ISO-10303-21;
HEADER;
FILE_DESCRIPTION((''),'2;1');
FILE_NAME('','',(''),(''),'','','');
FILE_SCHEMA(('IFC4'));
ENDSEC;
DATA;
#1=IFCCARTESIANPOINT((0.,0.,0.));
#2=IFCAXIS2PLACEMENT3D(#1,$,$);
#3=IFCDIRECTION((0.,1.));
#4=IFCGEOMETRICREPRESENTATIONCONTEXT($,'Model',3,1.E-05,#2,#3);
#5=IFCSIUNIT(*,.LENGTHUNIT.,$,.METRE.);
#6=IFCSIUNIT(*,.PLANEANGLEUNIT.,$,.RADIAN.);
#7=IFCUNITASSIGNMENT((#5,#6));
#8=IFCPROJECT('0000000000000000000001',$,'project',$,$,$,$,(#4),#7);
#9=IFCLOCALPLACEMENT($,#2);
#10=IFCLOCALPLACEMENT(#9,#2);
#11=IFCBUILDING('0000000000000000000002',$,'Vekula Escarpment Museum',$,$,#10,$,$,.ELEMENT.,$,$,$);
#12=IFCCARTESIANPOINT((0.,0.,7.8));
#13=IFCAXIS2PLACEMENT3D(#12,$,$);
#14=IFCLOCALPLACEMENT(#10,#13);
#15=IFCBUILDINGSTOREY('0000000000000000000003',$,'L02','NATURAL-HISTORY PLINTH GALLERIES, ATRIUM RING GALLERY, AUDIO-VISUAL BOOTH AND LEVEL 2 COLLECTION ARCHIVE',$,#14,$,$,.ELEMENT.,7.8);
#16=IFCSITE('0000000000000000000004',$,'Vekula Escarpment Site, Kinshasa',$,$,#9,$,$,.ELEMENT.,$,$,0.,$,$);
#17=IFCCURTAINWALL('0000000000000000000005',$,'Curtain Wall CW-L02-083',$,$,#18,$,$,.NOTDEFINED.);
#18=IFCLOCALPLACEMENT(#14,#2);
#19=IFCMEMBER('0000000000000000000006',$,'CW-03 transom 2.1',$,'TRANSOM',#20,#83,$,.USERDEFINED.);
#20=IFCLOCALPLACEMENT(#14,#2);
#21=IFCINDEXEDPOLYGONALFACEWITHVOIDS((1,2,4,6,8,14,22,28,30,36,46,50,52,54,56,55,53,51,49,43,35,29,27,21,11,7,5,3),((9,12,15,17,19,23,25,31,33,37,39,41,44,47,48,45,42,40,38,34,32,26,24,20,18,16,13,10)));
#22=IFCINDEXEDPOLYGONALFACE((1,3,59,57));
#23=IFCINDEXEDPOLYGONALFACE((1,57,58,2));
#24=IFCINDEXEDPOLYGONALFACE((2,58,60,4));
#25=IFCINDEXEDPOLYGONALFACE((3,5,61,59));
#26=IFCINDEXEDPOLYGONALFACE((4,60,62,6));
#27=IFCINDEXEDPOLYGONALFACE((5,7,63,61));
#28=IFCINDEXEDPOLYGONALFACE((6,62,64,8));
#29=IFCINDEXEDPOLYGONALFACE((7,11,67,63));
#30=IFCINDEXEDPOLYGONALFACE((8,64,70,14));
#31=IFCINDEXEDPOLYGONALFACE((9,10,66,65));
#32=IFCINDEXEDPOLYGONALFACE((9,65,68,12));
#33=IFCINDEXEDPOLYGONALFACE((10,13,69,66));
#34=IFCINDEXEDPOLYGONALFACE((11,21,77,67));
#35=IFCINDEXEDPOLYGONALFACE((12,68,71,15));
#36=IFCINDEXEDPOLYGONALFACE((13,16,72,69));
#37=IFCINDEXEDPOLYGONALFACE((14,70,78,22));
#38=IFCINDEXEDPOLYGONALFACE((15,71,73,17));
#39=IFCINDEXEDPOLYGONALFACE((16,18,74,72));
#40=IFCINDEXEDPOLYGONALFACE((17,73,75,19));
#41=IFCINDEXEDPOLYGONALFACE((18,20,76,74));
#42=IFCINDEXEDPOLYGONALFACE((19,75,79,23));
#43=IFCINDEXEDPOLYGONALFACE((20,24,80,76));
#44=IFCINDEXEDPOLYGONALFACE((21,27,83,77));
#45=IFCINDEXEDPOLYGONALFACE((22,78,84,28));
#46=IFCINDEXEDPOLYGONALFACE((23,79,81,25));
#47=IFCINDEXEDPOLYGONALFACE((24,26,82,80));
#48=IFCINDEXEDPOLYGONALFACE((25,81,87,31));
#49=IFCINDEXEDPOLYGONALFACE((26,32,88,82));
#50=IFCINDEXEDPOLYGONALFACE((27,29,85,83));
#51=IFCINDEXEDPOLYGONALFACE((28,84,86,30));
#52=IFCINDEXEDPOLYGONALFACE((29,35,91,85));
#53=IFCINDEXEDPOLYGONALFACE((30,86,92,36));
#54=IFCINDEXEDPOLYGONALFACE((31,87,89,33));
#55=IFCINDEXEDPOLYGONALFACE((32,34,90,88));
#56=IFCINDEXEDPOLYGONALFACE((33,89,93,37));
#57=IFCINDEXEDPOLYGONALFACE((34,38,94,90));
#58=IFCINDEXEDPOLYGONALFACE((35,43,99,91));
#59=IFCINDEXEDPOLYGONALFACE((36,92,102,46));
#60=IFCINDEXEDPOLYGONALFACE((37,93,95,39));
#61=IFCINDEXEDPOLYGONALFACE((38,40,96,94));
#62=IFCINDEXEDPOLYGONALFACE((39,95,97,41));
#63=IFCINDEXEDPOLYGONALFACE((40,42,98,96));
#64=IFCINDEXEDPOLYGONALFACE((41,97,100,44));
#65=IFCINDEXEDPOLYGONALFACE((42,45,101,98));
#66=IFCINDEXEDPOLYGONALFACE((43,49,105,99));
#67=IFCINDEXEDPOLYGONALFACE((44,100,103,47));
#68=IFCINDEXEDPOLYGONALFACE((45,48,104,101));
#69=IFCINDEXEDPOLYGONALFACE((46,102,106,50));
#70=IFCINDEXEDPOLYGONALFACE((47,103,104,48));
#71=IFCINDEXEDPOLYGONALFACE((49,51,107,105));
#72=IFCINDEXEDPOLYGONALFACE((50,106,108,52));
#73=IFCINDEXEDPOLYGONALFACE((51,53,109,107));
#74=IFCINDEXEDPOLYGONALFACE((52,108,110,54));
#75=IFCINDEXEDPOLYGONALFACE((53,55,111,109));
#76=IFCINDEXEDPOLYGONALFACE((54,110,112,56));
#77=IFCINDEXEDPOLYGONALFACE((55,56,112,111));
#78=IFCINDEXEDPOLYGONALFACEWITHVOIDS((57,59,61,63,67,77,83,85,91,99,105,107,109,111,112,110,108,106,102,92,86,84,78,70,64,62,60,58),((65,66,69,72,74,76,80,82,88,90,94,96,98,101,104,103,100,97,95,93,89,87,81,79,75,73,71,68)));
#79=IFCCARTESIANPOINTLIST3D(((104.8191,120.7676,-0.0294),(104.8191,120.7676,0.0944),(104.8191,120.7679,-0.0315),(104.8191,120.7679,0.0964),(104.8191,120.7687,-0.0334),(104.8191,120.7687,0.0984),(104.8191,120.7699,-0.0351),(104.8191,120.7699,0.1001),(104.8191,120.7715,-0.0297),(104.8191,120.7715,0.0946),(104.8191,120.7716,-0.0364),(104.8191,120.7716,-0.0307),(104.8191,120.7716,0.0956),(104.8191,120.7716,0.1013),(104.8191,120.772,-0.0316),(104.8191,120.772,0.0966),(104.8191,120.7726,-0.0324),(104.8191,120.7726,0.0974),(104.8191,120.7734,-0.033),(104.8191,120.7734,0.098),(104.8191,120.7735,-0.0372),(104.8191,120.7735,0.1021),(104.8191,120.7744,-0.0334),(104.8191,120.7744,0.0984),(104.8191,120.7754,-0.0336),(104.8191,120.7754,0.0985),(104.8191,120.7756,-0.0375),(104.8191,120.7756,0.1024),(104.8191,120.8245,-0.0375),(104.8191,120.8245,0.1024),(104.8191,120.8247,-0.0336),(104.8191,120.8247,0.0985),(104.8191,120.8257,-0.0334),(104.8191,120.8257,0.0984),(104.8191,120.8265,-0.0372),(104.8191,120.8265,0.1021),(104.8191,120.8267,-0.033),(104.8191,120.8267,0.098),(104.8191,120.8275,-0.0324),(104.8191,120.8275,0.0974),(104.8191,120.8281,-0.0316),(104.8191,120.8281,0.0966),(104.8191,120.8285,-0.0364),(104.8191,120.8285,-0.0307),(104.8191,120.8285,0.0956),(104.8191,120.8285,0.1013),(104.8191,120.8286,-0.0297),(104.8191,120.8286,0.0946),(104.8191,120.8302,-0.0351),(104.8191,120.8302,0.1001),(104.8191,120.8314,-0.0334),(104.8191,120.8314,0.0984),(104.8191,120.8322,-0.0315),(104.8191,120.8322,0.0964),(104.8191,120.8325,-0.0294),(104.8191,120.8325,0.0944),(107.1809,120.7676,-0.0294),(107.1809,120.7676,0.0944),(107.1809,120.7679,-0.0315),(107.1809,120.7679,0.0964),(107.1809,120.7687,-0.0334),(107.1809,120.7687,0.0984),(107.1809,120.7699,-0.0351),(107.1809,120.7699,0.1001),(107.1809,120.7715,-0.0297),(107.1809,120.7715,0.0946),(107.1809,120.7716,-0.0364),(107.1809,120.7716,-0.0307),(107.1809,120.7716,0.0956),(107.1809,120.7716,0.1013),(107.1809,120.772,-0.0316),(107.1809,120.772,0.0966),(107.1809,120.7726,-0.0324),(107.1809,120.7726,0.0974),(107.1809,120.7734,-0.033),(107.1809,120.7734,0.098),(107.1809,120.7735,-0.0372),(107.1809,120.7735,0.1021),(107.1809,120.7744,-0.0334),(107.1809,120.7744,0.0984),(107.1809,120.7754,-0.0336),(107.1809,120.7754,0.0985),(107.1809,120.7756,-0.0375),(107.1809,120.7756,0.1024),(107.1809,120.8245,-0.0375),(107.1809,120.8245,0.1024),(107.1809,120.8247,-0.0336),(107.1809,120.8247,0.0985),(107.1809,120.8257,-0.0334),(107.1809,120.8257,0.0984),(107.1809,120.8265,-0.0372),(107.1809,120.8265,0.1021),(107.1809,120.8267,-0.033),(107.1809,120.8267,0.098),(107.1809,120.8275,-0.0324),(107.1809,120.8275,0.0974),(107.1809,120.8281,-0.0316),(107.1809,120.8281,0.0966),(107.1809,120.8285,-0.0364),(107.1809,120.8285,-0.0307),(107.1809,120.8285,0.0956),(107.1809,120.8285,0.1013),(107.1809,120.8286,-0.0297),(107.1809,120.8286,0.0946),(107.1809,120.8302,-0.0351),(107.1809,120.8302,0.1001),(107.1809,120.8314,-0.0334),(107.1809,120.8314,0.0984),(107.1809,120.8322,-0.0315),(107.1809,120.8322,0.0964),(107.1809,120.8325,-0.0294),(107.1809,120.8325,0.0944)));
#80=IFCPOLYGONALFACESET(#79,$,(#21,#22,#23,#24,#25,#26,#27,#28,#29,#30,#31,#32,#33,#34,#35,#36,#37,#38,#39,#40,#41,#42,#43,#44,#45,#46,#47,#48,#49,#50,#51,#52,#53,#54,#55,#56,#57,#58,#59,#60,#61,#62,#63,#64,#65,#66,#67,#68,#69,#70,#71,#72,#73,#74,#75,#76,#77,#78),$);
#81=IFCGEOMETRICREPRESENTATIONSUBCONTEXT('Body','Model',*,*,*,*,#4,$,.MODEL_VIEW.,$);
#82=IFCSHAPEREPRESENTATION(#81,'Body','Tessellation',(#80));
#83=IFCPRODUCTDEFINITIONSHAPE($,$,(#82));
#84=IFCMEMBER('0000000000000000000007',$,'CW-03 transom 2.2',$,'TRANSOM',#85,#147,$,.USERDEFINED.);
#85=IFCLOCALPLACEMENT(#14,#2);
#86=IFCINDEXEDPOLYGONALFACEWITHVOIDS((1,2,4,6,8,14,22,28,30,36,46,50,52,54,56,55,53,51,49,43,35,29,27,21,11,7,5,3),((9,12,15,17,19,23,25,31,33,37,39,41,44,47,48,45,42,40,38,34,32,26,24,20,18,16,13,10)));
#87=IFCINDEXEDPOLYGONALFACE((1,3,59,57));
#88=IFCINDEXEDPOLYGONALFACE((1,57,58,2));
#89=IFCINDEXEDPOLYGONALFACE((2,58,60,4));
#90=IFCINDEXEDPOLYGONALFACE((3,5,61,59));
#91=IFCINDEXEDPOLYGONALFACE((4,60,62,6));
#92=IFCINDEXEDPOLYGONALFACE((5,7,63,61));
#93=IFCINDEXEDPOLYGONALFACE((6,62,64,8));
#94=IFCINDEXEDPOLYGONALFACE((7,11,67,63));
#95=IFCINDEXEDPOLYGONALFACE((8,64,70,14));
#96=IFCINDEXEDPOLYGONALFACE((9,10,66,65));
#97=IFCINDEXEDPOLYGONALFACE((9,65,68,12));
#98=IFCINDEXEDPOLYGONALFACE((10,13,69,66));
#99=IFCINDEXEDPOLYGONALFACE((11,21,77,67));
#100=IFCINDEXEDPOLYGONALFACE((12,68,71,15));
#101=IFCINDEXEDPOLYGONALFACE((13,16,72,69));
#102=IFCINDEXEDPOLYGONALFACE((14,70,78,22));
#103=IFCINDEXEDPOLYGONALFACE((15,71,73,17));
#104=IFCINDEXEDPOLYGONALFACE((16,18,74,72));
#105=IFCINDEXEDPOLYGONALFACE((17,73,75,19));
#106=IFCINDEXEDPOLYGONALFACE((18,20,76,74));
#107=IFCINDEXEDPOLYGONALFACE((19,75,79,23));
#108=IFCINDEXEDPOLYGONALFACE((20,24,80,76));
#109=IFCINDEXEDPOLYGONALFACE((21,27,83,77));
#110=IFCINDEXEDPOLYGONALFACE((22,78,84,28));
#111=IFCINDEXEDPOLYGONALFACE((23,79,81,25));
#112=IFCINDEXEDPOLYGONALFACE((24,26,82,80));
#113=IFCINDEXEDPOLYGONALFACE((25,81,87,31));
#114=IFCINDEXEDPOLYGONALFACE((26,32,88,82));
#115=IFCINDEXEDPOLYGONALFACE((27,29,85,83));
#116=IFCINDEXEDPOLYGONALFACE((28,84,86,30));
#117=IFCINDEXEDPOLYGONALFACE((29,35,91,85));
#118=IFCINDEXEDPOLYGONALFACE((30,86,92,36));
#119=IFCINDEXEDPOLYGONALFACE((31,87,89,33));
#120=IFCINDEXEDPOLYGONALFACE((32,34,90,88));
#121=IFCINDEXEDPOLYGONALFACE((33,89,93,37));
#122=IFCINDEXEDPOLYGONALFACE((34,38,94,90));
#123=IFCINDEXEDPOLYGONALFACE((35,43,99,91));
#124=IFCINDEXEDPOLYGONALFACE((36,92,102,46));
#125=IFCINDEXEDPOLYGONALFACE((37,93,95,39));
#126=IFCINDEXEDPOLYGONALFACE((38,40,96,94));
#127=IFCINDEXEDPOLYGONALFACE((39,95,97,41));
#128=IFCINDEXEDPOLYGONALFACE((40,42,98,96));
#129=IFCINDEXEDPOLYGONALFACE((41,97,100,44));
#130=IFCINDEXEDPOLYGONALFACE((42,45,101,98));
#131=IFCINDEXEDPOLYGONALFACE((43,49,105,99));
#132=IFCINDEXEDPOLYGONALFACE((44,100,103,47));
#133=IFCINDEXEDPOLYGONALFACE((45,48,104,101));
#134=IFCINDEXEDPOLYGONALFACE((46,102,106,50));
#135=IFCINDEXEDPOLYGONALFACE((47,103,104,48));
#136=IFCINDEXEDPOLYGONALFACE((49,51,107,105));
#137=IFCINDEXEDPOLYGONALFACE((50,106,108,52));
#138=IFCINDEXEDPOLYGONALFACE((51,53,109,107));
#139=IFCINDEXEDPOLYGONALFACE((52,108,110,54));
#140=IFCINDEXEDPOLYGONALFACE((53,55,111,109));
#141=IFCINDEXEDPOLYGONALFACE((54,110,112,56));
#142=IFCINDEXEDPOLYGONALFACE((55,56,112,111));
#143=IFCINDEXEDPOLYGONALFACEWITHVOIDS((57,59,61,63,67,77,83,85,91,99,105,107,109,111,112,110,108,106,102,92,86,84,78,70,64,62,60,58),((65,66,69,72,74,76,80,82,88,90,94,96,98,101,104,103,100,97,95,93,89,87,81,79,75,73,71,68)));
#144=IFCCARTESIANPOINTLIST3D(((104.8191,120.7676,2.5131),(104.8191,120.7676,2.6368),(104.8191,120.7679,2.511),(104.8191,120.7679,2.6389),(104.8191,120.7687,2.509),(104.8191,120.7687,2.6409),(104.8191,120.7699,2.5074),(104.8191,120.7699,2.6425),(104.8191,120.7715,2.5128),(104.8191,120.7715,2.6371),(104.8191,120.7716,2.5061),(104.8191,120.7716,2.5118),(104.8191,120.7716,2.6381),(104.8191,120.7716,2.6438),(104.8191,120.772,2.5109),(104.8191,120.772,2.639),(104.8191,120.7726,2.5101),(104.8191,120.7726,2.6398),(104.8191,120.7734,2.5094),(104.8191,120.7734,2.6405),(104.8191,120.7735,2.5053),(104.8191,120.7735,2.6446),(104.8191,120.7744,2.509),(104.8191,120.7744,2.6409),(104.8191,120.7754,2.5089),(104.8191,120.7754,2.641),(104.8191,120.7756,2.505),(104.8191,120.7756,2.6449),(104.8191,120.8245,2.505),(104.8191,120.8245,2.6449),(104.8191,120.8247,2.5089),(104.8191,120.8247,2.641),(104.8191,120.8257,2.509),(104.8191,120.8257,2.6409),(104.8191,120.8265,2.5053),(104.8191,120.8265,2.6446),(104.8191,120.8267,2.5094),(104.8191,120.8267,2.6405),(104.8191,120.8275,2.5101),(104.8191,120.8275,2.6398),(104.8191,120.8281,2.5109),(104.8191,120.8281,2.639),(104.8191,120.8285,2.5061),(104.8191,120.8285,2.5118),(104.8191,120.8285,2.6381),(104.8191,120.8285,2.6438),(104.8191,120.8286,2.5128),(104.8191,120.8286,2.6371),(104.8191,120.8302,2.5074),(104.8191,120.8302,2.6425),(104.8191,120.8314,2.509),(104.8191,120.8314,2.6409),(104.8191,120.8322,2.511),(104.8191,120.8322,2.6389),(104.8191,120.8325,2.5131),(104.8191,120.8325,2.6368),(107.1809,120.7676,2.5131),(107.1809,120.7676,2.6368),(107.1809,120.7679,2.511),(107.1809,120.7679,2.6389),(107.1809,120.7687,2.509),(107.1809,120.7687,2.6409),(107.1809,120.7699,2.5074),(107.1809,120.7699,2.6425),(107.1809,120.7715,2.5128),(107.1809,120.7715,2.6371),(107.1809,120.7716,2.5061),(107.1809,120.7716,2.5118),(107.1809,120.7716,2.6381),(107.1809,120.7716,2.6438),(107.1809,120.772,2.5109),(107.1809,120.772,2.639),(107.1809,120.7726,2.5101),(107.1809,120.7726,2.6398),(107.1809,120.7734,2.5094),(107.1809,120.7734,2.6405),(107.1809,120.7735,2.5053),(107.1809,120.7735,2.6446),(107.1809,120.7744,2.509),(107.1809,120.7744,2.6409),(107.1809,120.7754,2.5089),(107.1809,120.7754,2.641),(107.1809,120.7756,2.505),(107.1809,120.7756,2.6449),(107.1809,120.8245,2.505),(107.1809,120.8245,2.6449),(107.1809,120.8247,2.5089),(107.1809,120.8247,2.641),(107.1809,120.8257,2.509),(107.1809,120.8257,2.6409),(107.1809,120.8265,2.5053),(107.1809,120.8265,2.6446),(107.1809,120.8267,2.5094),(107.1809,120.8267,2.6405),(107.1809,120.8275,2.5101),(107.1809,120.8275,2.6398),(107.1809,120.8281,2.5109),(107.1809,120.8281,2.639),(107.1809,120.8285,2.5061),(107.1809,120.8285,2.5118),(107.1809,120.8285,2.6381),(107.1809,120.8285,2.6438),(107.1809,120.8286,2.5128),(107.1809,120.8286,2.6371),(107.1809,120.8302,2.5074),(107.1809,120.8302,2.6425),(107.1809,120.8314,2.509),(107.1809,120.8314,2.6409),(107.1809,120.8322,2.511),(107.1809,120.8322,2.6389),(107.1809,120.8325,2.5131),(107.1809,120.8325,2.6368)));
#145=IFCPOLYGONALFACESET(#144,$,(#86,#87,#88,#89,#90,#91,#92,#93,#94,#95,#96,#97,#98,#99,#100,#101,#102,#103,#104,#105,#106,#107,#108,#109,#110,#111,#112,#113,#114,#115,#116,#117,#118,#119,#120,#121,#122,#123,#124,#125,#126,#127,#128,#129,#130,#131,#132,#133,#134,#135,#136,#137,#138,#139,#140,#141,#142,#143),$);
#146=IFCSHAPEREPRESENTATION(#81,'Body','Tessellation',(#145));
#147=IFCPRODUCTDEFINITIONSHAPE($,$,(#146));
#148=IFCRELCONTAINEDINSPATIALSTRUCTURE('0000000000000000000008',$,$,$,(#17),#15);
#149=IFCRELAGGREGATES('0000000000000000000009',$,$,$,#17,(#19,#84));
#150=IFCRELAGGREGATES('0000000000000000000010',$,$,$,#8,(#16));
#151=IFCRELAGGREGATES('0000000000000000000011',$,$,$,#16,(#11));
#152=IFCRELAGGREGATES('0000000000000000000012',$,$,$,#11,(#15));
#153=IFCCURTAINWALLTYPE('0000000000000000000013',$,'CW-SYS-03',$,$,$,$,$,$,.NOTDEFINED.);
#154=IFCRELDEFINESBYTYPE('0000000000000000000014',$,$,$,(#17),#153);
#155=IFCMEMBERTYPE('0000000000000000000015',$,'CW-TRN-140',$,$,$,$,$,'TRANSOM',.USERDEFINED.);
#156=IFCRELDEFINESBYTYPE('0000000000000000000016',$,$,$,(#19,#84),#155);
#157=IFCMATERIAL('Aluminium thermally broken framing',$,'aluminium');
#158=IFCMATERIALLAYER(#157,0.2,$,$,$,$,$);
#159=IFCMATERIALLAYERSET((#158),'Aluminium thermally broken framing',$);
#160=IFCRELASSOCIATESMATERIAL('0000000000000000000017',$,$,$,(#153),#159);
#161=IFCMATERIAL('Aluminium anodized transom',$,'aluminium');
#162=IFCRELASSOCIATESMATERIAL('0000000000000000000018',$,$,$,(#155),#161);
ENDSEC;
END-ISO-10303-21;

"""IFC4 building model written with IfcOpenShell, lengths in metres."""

from ifc_helpers import new_model, si_unit, direction, frame, origin, origin_2d, place, context, subcontext, project, spatial, hollow_rectangle, extrude, material, layer, layer_set, material_profile, profile_set, type_object, element, aggregate, save


model = new_model("IFC4")

# Units and contexts
model_context = context("Model", 3, precision=1e-05, world=origin(), true_north=direction((0.0, 1.0)))
body_context = subcontext(model_context, "Body", "Model", "MODEL_VIEW")
ifc_project = project(units=[si_unit("LENGTHUNIT", "METRE"), si_unit("PLANEANGLEUNIT", "RADIAN")], contexts=[model_context])

# Site, building, storey
site_placement = place(None, origin())
site = spatial("IfcSite", under=ifc_project, at=site_placement, Name="Vekula Escarpment Site, Kinshasa", CompositionType="ELEMENT", RefElevation=0.0)
building_placement = place(site_placement, origin())
building = spatial("IfcBuilding", under=site, at=building_placement, Name="Vekula Escarpment Museum", CompositionType="ELEMENT")
storey_placement = place(building_placement, frame((0.0, 0.0, 7.8)))
storey = spatial("IfcBuildingStorey", under=building, at=storey_placement, Name="L02", Description="NATURAL-HISTORY PLINTH GALLERIES, ATRIUM RING GALLERY, AUDIO-VISUAL BOOTH AND LEVEL 2 COLLECTION ARCHIVE", CompositionType="ELEMENT", Elevation=7.8)

# Curtain wall, members
ifc_material_1 = material(Name="Aluminium thermally broken framing", Category="aluminium")
ifc_layer_1 = layer(ifc_material_1, 0.2)
ifc_layer_set_1 = layer_set([ifc_layer_1], Name="Aluminium thermally broken framing")
curtain_wall_type = type_object("IfcCurtainWallType", Name="CW-SYS-03", PredefinedType="NOTDEFINED", material=ifc_layer_set_1)
curtain_wall_placement = place(storey_placement, origin())
curtain_wall = element("IfcCurtainWall", 1, at=curtain_wall_placement, inside=storey, type_object=curtain_wall_type, Name="Curtain Wall CW-L02-083", PredefinedType="NOTDEFINED")
ifc_material_2 = material(Name="Aluminium anodized transom", Category="aluminium")
ifc_material_profile_1 = material_profile(ifc_material_2, hollow_rectangle(XDim=0.0649, YDim=0.1399, WallThickness=0.0039, InnerFilletRadius=0.0039, OuterFilletRadius=0.0081, at=origin_2d()), Name="ALU 140x65x4")
ifc_profile_set_1 = profile_set([ifc_material_profile_1], Name="Aluminium anodized transom")
member_type_1 = type_object("IfcMemberType", Name="CW-TRN-140", ElementType="TRANSOM", PredefinedType="USERDEFINED", material=ifc_profile_set_1)
member_1_placement = place(storey_placement, frame((104.8191, 120.8, 0.0325), z_axis=(1.0, 0.0, 0.0), x_axis=(0.0, 1.0, 0.0)))
member_1 = element("IfcMember", 2, at=member_1_placement, type_object=member_type_1, Name="CW-03 transom 2.1", ObjectType="TRANSOM", PredefinedType="USERDEFINED", context=body_context, shape_type="SweptSolid", body=[
    extrude(hollow_rectangle(XDim=0.0649, YDim=0.1399, WallThickness=0.0039, InnerFilletRadius=0.0039, OuterFilletRadius=0.0081, at=origin_2d()), origin(), (0.0, 0.0, 1.0), 2.3618),
])
member_2_placement = place(storey_placement, frame((104.8191, 120.8, 2.575), z_axis=(1.0, 0.0, 0.0), x_axis=(0.0, 1.0, 0.0)))
member_2 = element("IfcMember", 3, at=member_2_placement, type_object=member_type_1, Name="CW-03 transom 2.2", ObjectType="TRANSOM", PredefinedType="USERDEFINED", context=body_context, shape_type="SweptSolid", body=[
    extrude(hollow_rectangle(XDim=0.0649, YDim=0.1399, WallThickness=0.0039, InnerFilletRadius=0.0039, OuterFilletRadius=0.0081, at=origin_2d()), origin(), (0.0, 0.0, 1.0), 2.3618),
])
aggregate(curtain_wall, [member_1, member_2])

save(model, "model.ifc")
